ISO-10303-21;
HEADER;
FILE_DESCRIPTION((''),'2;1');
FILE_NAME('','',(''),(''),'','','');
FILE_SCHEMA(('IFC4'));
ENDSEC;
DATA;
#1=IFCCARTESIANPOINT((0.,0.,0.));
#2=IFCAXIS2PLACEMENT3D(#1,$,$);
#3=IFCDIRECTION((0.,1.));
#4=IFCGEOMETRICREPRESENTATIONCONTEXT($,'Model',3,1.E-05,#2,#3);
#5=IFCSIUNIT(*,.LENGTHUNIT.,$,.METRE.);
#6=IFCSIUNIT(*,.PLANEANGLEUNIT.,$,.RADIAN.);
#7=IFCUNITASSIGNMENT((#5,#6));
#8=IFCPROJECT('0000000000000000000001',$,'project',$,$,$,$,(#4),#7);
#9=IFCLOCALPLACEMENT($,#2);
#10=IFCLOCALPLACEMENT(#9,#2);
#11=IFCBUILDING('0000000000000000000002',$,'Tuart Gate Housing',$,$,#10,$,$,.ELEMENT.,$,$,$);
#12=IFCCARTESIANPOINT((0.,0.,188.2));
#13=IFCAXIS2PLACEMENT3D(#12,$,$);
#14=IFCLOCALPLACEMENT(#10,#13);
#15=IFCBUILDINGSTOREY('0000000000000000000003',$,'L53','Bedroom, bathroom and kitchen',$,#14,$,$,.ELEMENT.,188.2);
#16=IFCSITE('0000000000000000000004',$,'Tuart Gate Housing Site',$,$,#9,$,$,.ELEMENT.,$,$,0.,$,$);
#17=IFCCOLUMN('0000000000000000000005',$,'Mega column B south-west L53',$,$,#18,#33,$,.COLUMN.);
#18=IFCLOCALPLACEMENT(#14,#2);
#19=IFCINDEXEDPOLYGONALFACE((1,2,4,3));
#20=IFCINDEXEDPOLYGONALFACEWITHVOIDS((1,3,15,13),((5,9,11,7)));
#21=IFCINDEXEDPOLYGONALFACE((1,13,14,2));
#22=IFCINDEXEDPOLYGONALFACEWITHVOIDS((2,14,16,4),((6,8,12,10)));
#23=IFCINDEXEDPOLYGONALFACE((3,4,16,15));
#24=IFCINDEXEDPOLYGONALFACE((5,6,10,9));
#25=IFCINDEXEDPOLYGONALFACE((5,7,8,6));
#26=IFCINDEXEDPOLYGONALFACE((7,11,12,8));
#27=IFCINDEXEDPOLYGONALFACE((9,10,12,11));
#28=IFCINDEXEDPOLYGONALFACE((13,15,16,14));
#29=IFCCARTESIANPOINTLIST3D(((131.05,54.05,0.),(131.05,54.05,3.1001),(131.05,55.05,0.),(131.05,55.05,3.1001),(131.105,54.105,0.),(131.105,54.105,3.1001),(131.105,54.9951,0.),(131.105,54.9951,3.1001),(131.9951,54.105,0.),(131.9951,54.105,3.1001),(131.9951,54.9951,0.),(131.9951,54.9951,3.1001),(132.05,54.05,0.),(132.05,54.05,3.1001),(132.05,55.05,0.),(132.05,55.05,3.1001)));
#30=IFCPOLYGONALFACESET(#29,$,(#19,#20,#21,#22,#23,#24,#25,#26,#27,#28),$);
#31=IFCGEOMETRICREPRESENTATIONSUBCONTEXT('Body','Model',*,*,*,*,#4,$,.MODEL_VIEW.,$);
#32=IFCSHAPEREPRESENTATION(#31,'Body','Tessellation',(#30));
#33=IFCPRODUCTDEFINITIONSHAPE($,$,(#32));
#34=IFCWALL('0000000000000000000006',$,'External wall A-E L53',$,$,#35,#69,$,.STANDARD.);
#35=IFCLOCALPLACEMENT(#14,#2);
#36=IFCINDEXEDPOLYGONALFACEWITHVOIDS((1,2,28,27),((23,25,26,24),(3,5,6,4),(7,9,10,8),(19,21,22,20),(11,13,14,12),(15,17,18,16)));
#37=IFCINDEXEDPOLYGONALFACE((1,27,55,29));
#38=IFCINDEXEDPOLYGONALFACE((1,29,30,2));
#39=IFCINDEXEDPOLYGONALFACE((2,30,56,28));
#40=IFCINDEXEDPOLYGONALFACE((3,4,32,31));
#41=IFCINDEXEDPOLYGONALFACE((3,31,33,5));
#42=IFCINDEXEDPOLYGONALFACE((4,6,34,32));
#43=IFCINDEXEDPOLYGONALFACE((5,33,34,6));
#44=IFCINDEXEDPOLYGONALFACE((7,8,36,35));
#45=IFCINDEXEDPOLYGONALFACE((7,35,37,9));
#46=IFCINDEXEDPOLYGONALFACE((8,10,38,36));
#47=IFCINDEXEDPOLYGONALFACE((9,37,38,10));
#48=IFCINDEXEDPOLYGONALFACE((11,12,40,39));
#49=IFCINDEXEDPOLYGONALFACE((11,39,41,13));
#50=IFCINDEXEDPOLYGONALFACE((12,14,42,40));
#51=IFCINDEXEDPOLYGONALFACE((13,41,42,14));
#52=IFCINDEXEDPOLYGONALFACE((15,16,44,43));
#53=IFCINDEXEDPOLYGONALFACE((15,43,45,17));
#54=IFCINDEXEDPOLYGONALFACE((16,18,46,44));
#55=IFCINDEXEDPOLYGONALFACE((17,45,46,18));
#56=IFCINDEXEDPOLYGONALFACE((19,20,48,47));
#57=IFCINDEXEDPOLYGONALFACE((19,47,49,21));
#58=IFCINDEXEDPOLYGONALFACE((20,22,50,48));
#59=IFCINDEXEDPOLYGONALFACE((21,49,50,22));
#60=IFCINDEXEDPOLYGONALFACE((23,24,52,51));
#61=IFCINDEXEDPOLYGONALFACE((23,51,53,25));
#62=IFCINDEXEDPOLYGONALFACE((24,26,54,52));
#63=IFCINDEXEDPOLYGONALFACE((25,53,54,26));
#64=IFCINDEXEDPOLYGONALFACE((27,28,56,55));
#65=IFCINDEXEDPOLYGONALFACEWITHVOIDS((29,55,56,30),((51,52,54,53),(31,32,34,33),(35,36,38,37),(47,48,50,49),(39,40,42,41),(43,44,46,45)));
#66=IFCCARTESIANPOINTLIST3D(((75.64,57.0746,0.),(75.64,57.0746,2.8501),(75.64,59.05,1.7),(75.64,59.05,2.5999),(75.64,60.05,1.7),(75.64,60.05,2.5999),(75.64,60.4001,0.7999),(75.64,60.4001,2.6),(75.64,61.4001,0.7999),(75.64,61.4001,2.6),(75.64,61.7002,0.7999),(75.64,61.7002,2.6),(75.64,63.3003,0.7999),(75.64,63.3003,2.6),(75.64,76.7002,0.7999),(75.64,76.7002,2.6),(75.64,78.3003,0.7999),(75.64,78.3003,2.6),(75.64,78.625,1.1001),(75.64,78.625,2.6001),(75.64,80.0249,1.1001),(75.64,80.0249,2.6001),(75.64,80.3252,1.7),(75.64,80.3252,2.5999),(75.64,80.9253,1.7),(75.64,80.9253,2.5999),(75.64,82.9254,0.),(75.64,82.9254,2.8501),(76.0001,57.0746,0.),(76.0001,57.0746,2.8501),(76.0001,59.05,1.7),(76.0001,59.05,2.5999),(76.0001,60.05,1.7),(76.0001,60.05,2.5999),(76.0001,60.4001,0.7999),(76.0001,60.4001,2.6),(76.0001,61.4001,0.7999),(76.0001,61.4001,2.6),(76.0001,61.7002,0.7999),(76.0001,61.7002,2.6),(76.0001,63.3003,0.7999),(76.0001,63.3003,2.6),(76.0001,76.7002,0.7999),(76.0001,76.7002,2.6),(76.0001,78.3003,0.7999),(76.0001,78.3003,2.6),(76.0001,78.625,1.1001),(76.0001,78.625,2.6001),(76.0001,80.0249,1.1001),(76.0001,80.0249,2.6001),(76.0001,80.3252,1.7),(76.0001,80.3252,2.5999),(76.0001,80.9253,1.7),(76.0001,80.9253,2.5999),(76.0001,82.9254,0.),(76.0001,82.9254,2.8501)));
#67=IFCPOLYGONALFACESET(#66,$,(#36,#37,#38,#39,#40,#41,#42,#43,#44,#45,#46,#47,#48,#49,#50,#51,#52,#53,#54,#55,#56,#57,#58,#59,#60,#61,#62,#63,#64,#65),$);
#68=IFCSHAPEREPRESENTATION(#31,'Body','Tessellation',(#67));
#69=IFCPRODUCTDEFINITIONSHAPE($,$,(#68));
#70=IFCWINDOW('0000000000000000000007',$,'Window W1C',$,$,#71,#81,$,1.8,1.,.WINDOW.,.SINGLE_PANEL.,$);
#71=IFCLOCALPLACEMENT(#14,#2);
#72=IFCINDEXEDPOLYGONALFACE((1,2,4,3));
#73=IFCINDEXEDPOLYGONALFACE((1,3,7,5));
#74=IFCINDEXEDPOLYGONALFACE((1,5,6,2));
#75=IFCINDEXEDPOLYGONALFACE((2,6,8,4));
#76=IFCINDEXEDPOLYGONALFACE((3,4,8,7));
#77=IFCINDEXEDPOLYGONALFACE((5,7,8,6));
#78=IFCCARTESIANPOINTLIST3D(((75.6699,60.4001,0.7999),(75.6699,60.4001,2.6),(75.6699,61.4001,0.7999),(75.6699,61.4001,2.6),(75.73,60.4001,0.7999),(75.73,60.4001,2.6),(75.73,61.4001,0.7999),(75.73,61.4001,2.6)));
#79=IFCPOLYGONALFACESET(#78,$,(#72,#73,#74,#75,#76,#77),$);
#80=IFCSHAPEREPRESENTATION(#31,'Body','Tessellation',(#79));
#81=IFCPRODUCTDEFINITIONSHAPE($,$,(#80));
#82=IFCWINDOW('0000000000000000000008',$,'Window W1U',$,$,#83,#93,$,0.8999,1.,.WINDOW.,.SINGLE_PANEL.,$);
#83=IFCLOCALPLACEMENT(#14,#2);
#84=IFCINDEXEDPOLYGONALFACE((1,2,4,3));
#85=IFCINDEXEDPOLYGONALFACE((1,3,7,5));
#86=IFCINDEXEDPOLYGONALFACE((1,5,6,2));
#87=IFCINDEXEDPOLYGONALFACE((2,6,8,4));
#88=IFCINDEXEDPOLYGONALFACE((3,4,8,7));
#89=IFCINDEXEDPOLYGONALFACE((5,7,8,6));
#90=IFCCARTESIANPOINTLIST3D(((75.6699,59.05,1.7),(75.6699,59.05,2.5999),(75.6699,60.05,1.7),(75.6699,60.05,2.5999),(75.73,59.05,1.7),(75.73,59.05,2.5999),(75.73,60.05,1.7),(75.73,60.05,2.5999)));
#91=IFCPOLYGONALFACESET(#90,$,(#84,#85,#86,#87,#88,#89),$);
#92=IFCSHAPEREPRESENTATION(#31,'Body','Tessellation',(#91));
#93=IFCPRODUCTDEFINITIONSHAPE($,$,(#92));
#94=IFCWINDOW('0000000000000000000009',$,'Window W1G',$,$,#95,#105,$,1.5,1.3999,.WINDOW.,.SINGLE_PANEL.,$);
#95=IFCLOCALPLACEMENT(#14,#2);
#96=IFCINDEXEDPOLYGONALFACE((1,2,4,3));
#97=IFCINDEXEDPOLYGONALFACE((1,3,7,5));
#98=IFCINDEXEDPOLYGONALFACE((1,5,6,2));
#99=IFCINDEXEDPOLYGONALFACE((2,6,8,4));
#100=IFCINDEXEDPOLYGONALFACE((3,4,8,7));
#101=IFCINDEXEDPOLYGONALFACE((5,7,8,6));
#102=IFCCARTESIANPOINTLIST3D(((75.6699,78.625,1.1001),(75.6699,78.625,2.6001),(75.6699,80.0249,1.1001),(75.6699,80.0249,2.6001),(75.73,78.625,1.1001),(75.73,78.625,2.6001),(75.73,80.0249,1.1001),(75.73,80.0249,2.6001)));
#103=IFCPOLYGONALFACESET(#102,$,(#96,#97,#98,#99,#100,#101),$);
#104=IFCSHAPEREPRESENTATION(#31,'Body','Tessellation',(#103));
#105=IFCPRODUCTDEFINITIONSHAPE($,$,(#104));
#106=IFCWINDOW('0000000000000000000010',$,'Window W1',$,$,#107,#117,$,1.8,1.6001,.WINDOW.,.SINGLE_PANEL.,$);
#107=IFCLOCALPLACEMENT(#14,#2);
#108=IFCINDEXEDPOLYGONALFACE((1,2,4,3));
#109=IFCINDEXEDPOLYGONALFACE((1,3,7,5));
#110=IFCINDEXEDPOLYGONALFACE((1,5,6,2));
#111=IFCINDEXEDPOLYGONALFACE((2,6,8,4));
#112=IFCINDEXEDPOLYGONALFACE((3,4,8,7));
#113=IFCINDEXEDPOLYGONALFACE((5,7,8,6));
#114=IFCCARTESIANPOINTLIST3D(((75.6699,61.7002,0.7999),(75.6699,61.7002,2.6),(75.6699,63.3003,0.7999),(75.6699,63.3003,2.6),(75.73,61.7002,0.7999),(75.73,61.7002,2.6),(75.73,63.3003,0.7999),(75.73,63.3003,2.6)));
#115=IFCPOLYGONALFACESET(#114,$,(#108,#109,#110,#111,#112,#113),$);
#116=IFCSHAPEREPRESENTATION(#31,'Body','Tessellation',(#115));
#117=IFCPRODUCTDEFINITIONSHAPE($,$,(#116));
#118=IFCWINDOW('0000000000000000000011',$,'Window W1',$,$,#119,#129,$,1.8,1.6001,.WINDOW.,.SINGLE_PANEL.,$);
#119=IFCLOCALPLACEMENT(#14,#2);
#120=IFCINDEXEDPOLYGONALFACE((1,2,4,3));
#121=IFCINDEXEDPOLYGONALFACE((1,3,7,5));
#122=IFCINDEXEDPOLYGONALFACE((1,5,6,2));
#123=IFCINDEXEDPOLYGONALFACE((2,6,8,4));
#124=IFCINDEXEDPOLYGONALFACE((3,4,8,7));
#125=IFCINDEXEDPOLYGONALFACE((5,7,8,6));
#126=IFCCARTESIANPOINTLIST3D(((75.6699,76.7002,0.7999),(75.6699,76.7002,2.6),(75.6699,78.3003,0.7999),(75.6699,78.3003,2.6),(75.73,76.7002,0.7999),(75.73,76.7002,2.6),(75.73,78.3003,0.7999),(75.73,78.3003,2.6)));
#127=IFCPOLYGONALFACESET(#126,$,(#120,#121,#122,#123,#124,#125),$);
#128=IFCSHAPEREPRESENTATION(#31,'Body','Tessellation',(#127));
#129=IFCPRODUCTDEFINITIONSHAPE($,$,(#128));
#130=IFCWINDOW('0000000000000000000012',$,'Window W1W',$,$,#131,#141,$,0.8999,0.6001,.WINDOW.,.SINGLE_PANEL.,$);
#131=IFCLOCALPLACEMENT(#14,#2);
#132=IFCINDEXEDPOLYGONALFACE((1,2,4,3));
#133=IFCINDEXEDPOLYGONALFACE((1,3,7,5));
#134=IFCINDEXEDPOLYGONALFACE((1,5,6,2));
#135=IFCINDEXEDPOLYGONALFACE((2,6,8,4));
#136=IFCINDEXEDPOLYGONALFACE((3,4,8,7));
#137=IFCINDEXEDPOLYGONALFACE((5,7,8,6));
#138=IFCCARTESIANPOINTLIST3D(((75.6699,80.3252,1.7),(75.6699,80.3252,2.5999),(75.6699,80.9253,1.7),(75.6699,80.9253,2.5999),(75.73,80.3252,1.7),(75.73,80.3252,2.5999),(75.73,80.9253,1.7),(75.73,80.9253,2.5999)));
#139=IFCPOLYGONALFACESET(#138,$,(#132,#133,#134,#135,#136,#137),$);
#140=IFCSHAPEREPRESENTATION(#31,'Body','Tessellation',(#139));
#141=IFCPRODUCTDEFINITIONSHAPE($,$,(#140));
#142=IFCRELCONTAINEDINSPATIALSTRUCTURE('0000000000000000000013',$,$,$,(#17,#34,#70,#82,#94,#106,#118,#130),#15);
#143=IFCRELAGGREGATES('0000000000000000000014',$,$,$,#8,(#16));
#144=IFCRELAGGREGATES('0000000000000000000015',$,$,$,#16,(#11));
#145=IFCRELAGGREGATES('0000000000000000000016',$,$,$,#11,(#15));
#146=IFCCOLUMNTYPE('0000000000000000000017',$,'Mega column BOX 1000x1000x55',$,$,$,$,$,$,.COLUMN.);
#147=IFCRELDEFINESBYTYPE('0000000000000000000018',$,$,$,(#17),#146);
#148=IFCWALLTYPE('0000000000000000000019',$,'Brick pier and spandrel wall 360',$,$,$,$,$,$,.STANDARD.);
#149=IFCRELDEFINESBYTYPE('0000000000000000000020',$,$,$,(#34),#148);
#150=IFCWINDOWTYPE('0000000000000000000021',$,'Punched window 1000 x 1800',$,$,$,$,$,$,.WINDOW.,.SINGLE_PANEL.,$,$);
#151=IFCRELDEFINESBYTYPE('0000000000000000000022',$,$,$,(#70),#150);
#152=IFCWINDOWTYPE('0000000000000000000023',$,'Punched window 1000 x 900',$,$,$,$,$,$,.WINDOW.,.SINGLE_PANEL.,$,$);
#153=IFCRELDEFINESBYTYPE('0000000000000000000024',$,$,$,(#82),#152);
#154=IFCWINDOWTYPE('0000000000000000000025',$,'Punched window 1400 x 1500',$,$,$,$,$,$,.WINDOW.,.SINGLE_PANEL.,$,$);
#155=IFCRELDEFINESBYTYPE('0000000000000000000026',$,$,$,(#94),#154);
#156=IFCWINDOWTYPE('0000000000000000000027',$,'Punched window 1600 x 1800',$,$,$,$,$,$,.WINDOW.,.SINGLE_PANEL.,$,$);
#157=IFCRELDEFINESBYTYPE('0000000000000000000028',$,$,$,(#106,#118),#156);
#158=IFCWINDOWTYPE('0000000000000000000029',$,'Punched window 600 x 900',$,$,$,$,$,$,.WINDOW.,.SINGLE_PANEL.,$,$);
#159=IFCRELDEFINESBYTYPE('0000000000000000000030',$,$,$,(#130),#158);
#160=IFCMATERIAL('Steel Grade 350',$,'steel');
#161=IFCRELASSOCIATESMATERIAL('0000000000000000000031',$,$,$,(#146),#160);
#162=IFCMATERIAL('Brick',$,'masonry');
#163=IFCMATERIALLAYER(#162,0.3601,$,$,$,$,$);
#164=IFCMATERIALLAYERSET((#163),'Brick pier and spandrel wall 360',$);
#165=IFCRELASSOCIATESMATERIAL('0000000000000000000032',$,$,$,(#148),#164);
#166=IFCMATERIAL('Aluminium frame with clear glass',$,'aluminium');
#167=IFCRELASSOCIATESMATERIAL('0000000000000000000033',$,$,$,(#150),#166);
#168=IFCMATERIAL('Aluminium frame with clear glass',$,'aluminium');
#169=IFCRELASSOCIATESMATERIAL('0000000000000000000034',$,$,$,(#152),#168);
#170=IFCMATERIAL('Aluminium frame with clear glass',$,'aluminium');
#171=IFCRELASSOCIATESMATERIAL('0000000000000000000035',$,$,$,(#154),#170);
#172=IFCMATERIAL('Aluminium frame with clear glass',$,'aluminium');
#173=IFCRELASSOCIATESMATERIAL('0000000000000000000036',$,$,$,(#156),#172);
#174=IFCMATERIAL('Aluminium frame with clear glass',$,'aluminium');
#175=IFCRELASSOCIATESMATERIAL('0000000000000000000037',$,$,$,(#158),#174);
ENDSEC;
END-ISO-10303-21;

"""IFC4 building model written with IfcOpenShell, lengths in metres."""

from ifc_helpers import new_model, si_unit, direction, frame, frame_2d, origin, origin_2d, place, context, subcontext, project, spatial, rectangle, hollow_rectangle, extrude, material, layer, layer_set, material_profile, profile_set, type_object, element, fill, save


model = new_model("IFC4")

# Units and contexts
model_context = context("Model", 3, precision=1e-05, world=origin(), true_north=direction((0.0, 1.0)))
body_context = subcontext(model_context, "Body", "Model", "MODEL_VIEW")
ifc_project = project(units=[si_unit("LENGTHUNIT", "METRE"), si_unit("PLANEANGLEUNIT", "RADIAN")], contexts=[model_context])

# Site, building, storey
site_placement = place(None, origin())
site = spatial("IfcSite", under=ifc_project, at=site_placement, Name="Tuart Gate Housing Site", CompositionType="ELEMENT", RefElevation=0.0)
building_placement = place(site_placement, origin())
building = spatial("IfcBuilding", under=site, at=building_placement, Name="Tuart Gate Housing", CompositionType="ELEMENT")
storey_placement = place(building_placement, frame((0.0, 0.0, 188.2)))
storey = spatial("IfcBuildingStorey", under=building, at=storey_placement, Name="L53", Description="Bedroom, bathroom and kitchen", CompositionType="ELEMENT", Elevation=188.2)

# Column
ifc_material_1 = material(Name="Steel Grade 350", Category="steel")
ifc_material_profile = material_profile(ifc_material_1, hollow_rectangle(XDim=1.0, YDim=1.0, WallThickness=0.0549, at=origin_2d()), Name="BOX 1000x1000x55")
ifc_profile_set = profile_set([ifc_material_profile], Name="Steel Grade 350")
column_type = type_object("IfcColumnType", Name="Mega column BOX 1000x1000x55", PredefinedType="COLUMN", material=ifc_profile_set)
column_placement = place(storey_placement, frame((131.55, 54.55, 0.0), z_axis=(0.0, 0.0, 1.0), x_axis=(1.0, 0.0, 0.0)))
element("IfcColumn", 1, at=column_placement, inside=storey, type_object=column_type, Name="Mega column B south-west L53", PredefinedType="COLUMN", context=body_context, shape_type="SweptSolid", body=[
    extrude(hollow_rectangle(XDim=1.0, YDim=1.0, WallThickness=0.0549, at=origin_2d()), origin(), (0.0, 0.0, 1.0), 3.1001),
])

# Wall, openings, windows
ifc_material_2 = material(Name="Brick", Category="masonry")
ifc_layer_1 = layer(ifc_material_2, 0.3601)
ifc_layer_set_1 = layer_set([ifc_layer_1], Name="Brick pier and spandrel wall 360")
wall_type_1 = type_object("IfcWallType", Name="Brick pier and spandrel wall 360", PredefinedType="STANDARD", material=ifc_layer_set_1)
wall_1_placement = place(storey_placement, frame((75.8201, 57.0747, 0.0), z_axis=(0.0, 0.0, 1.0), x_axis=(0.0, 1.0, 0.0)))
wall_1 = element("IfcWall", 2, at=wall_1_placement, inside=storey, type_object=wall_type_1, Name="External wall A-E L53", PredefinedType="STANDARD", context=body_context, shape_type="SweptSolid", body=[
    extrude(rectangle(XDim=25.8508, YDim=0.3601, at=frame_2d((12.9253, 0.0))), origin(), (0.0, 0.0, 1.0), 2.8501),
])
opening_1_placement = place(wall_1_placement, frame((1.9753, 0.0, 1.7)))
opening_1 = element("IfcOpeningElement", 3, at=opening_1_placement, cuts=wall_1, PredefinedType="OPENING", context=body_context, shape_type="SweptSolid", body=[
    extrude(rectangle(XDim=1.0, YDim=0.8999, at=frame_2d((0.5, 0.45))), frame((0.0, 0.1899, 0.0), z_axis=(0.0, -1.0, 0.0), x_axis=(1.0, 0.0, 0.0)), (0.0, 0.0, 1.0), 0.3801),
])
opening_2_placement = place(wall_1_placement, frame((4.6255, 0.0, 0.8)))
opening_2 = element("IfcOpeningElement", 4, at=opening_2_placement, cuts=wall_1, PredefinedType="OPENING", context=body_context, shape_type="SweptSolid", body=[
    extrude(rectangle(XDim=1.6001, YDim=1.8, at=frame_2d((0.8, 0.8999))), frame((0.0, 0.1899, 0.0), z_axis=(0.0, -1.0, 0.0), x_axis=(1.0, 0.0, 0.0)), (0.0, 0.0, 1.0), 0.3801),
])
opening_3_placement = place(wall_1_placement, frame((19.6255, 0.0, 0.8)))
opening_3 = element("IfcOpeningElement", 5, at=opening_3_placement, cuts=wall_1, PredefinedType="OPENING", context=body_context, shape_type="SweptSolid", body=[
    extrude(rectangle(XDim=1.6001, YDim=1.8, at=frame_2d((0.8, 0.8999))), frame((0.0, 0.1899, 0.0), z_axis=(0.0, -1.0, 0.0), x_axis=(1.0, 0.0, 0.0)), (0.0, 0.0, 1.0), 0.3801),
])
opening_4_placement = place(wall_1_placement, frame((21.5503, 0.0, 1.1001)))
opening_4 = element("IfcOpeningElement", 6, at=opening_4_placement, cuts=wall_1, PredefinedType="OPENING", context=body_context, shape_type="SweptSolid", body=[
    extrude(rectangle(XDim=1.3999, YDim=1.5, at=frame_2d((0.7, 0.75))), frame((0.0, 0.1899, 0.0), z_axis=(0.0, -1.0, 0.0), x_axis=(1.0, 0.0, 0.0)), (0.0, 0.0, 1.0), 0.3801),
])
opening_5_placement = place(wall_1_placement, frame((3.3254, 0.0, 0.8)))
opening_5 = element("IfcOpeningElement", 7, at=opening_5_placement, cuts=wall_1, PredefinedType="OPENING", context=body_context, shape_type="SweptSolid", body=[
    extrude(rectangle(XDim=1.0, YDim=1.8, at=frame_2d((0.5, 0.8999))), frame((0.0, 0.1899, 0.0), z_axis=(0.0, -1.0, 0.0), x_axis=(1.0, 0.0, 0.0)), (0.0, 0.0, 1.0), 0.3801),
])
opening_6_placement = place(wall_1_placement, frame((23.2505, 0.0, 1.7)))
opening_6 = element("IfcOpeningElement", 8, at=opening_6_placement, cuts=wall_1, PredefinedType="OPENING", context=body_context, shape_type="SweptSolid", body=[
    extrude(rectangle(XDim=0.6001, YDim=0.8999, at=frame_2d((0.3, 0.45))), frame((0.0, 0.1899, 0.0), z_axis=(0.0, -1.0, 0.0), x_axis=(1.0, 0.0, 0.0)), (0.0, 0.0, 1.0), 0.3801),
])
ifc_material_3 = material(Name="Aluminium frame with clear glass", Category="aluminium")
window_type_1 = type_object("IfcWindowType", Name="Punched window 1000 x 1800", PartitioningType="SINGLE_PANEL", PredefinedType="WINDOW", material=ifc_material_3)
window_1_placement = place(opening_5_placement, origin())
window_1 = element("IfcWindow", 9, at=window_1_placement, inside=storey, type_object=window_type_1, Name="Window W1C", OverallHeight=1.8, OverallWidth=1.0, PartitioningType="SINGLE_PANEL", PredefinedType="WINDOW", context=body_context, shape_type="SweptSolid", body=[
    extrude(rectangle(XDim=1.0, YDim=1.8, at=frame_2d((0.5, 0.8999))), frame((0.0, 0.1501, 0.0), z_axis=(0.0, -1.0, 0.0), x_axis=(1.0, 0.0, 0.0)), (0.0, 0.0, 1.0), 0.0601),
])
fill(opening_5, window_1)
ifc_material_4 = material(Name="Aluminium frame with clear glass", Category="aluminium")
window_type_2 = type_object("IfcWindowType", Name="Punched window 1000 x 900", PartitioningType="SINGLE_PANEL", PredefinedType="WINDOW", material=ifc_material_4)
window_2_placement = place(opening_1_placement, origin())
window_2 = element("IfcWindow", 10, at=window_2_placement, inside=storey, type_object=window_type_2, Name="Window W1U", OverallHeight=0.8999, OverallWidth=1.0, PartitioningType="SINGLE_PANEL", PredefinedType="WINDOW", context=body_context, shape_type="SweptSolid", body=[
    extrude(rectangle(XDim=1.0, YDim=0.8999, at=frame_2d((0.5, 0.45))), frame((0.0, 0.1501, 0.0), z_axis=(0.0, -1.0, 0.0), x_axis=(1.0, 0.0, 0.0)), (0.0, 0.0, 1.0), 0.0601),
])
fill(opening_1, window_2)
ifc_material_5 = material(Name="Aluminium frame with clear glass", Category="aluminium")
window_type_3 = type_object("IfcWindowType", Name="Punched window 1400 x 1500", PartitioningType="SINGLE_PANEL", PredefinedType="WINDOW", material=ifc_material_5)
window_3_placement = place(opening_4_placement, origin())
window_3 = element("IfcWindow", 11, at=window_3_placement, inside=storey, type_object=window_type_3, Name="Window W1G", OverallHeight=1.5, OverallWidth=1.3999, PartitioningType="SINGLE_PANEL", PredefinedType="WINDOW", context=body_context, shape_type="SweptSolid", body=[
    extrude(rectangle(XDim=1.3999, YDim=1.5, at=frame_2d((0.7, 0.75))), frame((0.0, 0.1501, 0.0), z_axis=(0.0, -1.0, 0.0), x_axis=(1.0, 0.0, 0.0)), (0.0, 0.0, 1.0), 0.0601),
])
fill(opening_4, window_3)
ifc_material_6 = material(Name="Aluminium frame with clear glass", Category="aluminium")
window_type_4 = type_object("IfcWindowType", Name="Punched window 1600 x 1800", PartitioningType="SINGLE_PANEL", PredefinedType="WINDOW", material=ifc_material_6)
window_4_placement = place(opening_2_placement, origin())
window_4 = element("IfcWindow", 12, at=window_4_placement, inside=storey, type_object=window_type_4, Name="Window W1", OverallHeight=1.8, OverallWidth=1.6001, PartitioningType="SINGLE_PANEL", PredefinedType="WINDOW", context=body_context, shape_type="SweptSolid", body=[
    extrude(rectangle(XDim=1.6001, YDim=1.8, at=frame_2d((0.8, 0.8999))), frame((0.0, 0.1501, 0.0), z_axis=(0.0, -1.0, 0.0), x_axis=(1.0, 0.0, 0.0)), (0.0, 0.0, 1.0), 0.0601),
])
fill(opening_2, window_4)
window_5_placement = place(opening_3_placement, origin())
window_5 = element("IfcWindow", 13, at=window_5_placement, inside=storey, type_object=window_type_4, Name="Window W1", OverallHeight=1.8, OverallWidth=1.6001, PartitioningType="SINGLE_PANEL", PredefinedType="WINDOW", context=body_context, shape_type="SweptSolid", body=[
    extrude(rectangle(XDim=1.6001, YDim=1.8, at=frame_2d((0.8, 0.8999))), frame((0.0, 0.1501, 0.0), z_axis=(0.0, -1.0, 0.0), x_axis=(1.0, 0.0, 0.0)), (0.0, 0.0, 1.0), 0.0601),
])
fill(opening_3, window_5)
ifc_material_7 = material(Name="Aluminium frame with clear glass", Category="aluminium")
window_type_5 = type_object("IfcWindowType", Name="Punched window 600 x 900", PartitioningType="SINGLE_PANEL", PredefinedType="WINDOW", material=ifc_material_7)
window_6_placement = place(opening_6_placement, origin())
window_6 = element("IfcWindow", 14, at=window_6_placement, inside=storey, type_object=window_type_5, Name="Window W1W", OverallHeight=0.8999, OverallWidth=0.6001, PartitioningType="SINGLE_PANEL", PredefinedType="WINDOW", context=body_context, shape_type="SweptSolid", body=[
    extrude(rectangle(XDim=0.6001, YDim=0.8999, at=frame_2d((0.3, 0.45))), frame((0.0, 0.1501, 0.0), z_axis=(0.0, -1.0, 0.0), x_axis=(1.0, 0.0, 0.0)), (0.0, 0.0, 1.0), 0.0601),
])
fill(opening_6, window_6)

save(model, "model.ifc")
